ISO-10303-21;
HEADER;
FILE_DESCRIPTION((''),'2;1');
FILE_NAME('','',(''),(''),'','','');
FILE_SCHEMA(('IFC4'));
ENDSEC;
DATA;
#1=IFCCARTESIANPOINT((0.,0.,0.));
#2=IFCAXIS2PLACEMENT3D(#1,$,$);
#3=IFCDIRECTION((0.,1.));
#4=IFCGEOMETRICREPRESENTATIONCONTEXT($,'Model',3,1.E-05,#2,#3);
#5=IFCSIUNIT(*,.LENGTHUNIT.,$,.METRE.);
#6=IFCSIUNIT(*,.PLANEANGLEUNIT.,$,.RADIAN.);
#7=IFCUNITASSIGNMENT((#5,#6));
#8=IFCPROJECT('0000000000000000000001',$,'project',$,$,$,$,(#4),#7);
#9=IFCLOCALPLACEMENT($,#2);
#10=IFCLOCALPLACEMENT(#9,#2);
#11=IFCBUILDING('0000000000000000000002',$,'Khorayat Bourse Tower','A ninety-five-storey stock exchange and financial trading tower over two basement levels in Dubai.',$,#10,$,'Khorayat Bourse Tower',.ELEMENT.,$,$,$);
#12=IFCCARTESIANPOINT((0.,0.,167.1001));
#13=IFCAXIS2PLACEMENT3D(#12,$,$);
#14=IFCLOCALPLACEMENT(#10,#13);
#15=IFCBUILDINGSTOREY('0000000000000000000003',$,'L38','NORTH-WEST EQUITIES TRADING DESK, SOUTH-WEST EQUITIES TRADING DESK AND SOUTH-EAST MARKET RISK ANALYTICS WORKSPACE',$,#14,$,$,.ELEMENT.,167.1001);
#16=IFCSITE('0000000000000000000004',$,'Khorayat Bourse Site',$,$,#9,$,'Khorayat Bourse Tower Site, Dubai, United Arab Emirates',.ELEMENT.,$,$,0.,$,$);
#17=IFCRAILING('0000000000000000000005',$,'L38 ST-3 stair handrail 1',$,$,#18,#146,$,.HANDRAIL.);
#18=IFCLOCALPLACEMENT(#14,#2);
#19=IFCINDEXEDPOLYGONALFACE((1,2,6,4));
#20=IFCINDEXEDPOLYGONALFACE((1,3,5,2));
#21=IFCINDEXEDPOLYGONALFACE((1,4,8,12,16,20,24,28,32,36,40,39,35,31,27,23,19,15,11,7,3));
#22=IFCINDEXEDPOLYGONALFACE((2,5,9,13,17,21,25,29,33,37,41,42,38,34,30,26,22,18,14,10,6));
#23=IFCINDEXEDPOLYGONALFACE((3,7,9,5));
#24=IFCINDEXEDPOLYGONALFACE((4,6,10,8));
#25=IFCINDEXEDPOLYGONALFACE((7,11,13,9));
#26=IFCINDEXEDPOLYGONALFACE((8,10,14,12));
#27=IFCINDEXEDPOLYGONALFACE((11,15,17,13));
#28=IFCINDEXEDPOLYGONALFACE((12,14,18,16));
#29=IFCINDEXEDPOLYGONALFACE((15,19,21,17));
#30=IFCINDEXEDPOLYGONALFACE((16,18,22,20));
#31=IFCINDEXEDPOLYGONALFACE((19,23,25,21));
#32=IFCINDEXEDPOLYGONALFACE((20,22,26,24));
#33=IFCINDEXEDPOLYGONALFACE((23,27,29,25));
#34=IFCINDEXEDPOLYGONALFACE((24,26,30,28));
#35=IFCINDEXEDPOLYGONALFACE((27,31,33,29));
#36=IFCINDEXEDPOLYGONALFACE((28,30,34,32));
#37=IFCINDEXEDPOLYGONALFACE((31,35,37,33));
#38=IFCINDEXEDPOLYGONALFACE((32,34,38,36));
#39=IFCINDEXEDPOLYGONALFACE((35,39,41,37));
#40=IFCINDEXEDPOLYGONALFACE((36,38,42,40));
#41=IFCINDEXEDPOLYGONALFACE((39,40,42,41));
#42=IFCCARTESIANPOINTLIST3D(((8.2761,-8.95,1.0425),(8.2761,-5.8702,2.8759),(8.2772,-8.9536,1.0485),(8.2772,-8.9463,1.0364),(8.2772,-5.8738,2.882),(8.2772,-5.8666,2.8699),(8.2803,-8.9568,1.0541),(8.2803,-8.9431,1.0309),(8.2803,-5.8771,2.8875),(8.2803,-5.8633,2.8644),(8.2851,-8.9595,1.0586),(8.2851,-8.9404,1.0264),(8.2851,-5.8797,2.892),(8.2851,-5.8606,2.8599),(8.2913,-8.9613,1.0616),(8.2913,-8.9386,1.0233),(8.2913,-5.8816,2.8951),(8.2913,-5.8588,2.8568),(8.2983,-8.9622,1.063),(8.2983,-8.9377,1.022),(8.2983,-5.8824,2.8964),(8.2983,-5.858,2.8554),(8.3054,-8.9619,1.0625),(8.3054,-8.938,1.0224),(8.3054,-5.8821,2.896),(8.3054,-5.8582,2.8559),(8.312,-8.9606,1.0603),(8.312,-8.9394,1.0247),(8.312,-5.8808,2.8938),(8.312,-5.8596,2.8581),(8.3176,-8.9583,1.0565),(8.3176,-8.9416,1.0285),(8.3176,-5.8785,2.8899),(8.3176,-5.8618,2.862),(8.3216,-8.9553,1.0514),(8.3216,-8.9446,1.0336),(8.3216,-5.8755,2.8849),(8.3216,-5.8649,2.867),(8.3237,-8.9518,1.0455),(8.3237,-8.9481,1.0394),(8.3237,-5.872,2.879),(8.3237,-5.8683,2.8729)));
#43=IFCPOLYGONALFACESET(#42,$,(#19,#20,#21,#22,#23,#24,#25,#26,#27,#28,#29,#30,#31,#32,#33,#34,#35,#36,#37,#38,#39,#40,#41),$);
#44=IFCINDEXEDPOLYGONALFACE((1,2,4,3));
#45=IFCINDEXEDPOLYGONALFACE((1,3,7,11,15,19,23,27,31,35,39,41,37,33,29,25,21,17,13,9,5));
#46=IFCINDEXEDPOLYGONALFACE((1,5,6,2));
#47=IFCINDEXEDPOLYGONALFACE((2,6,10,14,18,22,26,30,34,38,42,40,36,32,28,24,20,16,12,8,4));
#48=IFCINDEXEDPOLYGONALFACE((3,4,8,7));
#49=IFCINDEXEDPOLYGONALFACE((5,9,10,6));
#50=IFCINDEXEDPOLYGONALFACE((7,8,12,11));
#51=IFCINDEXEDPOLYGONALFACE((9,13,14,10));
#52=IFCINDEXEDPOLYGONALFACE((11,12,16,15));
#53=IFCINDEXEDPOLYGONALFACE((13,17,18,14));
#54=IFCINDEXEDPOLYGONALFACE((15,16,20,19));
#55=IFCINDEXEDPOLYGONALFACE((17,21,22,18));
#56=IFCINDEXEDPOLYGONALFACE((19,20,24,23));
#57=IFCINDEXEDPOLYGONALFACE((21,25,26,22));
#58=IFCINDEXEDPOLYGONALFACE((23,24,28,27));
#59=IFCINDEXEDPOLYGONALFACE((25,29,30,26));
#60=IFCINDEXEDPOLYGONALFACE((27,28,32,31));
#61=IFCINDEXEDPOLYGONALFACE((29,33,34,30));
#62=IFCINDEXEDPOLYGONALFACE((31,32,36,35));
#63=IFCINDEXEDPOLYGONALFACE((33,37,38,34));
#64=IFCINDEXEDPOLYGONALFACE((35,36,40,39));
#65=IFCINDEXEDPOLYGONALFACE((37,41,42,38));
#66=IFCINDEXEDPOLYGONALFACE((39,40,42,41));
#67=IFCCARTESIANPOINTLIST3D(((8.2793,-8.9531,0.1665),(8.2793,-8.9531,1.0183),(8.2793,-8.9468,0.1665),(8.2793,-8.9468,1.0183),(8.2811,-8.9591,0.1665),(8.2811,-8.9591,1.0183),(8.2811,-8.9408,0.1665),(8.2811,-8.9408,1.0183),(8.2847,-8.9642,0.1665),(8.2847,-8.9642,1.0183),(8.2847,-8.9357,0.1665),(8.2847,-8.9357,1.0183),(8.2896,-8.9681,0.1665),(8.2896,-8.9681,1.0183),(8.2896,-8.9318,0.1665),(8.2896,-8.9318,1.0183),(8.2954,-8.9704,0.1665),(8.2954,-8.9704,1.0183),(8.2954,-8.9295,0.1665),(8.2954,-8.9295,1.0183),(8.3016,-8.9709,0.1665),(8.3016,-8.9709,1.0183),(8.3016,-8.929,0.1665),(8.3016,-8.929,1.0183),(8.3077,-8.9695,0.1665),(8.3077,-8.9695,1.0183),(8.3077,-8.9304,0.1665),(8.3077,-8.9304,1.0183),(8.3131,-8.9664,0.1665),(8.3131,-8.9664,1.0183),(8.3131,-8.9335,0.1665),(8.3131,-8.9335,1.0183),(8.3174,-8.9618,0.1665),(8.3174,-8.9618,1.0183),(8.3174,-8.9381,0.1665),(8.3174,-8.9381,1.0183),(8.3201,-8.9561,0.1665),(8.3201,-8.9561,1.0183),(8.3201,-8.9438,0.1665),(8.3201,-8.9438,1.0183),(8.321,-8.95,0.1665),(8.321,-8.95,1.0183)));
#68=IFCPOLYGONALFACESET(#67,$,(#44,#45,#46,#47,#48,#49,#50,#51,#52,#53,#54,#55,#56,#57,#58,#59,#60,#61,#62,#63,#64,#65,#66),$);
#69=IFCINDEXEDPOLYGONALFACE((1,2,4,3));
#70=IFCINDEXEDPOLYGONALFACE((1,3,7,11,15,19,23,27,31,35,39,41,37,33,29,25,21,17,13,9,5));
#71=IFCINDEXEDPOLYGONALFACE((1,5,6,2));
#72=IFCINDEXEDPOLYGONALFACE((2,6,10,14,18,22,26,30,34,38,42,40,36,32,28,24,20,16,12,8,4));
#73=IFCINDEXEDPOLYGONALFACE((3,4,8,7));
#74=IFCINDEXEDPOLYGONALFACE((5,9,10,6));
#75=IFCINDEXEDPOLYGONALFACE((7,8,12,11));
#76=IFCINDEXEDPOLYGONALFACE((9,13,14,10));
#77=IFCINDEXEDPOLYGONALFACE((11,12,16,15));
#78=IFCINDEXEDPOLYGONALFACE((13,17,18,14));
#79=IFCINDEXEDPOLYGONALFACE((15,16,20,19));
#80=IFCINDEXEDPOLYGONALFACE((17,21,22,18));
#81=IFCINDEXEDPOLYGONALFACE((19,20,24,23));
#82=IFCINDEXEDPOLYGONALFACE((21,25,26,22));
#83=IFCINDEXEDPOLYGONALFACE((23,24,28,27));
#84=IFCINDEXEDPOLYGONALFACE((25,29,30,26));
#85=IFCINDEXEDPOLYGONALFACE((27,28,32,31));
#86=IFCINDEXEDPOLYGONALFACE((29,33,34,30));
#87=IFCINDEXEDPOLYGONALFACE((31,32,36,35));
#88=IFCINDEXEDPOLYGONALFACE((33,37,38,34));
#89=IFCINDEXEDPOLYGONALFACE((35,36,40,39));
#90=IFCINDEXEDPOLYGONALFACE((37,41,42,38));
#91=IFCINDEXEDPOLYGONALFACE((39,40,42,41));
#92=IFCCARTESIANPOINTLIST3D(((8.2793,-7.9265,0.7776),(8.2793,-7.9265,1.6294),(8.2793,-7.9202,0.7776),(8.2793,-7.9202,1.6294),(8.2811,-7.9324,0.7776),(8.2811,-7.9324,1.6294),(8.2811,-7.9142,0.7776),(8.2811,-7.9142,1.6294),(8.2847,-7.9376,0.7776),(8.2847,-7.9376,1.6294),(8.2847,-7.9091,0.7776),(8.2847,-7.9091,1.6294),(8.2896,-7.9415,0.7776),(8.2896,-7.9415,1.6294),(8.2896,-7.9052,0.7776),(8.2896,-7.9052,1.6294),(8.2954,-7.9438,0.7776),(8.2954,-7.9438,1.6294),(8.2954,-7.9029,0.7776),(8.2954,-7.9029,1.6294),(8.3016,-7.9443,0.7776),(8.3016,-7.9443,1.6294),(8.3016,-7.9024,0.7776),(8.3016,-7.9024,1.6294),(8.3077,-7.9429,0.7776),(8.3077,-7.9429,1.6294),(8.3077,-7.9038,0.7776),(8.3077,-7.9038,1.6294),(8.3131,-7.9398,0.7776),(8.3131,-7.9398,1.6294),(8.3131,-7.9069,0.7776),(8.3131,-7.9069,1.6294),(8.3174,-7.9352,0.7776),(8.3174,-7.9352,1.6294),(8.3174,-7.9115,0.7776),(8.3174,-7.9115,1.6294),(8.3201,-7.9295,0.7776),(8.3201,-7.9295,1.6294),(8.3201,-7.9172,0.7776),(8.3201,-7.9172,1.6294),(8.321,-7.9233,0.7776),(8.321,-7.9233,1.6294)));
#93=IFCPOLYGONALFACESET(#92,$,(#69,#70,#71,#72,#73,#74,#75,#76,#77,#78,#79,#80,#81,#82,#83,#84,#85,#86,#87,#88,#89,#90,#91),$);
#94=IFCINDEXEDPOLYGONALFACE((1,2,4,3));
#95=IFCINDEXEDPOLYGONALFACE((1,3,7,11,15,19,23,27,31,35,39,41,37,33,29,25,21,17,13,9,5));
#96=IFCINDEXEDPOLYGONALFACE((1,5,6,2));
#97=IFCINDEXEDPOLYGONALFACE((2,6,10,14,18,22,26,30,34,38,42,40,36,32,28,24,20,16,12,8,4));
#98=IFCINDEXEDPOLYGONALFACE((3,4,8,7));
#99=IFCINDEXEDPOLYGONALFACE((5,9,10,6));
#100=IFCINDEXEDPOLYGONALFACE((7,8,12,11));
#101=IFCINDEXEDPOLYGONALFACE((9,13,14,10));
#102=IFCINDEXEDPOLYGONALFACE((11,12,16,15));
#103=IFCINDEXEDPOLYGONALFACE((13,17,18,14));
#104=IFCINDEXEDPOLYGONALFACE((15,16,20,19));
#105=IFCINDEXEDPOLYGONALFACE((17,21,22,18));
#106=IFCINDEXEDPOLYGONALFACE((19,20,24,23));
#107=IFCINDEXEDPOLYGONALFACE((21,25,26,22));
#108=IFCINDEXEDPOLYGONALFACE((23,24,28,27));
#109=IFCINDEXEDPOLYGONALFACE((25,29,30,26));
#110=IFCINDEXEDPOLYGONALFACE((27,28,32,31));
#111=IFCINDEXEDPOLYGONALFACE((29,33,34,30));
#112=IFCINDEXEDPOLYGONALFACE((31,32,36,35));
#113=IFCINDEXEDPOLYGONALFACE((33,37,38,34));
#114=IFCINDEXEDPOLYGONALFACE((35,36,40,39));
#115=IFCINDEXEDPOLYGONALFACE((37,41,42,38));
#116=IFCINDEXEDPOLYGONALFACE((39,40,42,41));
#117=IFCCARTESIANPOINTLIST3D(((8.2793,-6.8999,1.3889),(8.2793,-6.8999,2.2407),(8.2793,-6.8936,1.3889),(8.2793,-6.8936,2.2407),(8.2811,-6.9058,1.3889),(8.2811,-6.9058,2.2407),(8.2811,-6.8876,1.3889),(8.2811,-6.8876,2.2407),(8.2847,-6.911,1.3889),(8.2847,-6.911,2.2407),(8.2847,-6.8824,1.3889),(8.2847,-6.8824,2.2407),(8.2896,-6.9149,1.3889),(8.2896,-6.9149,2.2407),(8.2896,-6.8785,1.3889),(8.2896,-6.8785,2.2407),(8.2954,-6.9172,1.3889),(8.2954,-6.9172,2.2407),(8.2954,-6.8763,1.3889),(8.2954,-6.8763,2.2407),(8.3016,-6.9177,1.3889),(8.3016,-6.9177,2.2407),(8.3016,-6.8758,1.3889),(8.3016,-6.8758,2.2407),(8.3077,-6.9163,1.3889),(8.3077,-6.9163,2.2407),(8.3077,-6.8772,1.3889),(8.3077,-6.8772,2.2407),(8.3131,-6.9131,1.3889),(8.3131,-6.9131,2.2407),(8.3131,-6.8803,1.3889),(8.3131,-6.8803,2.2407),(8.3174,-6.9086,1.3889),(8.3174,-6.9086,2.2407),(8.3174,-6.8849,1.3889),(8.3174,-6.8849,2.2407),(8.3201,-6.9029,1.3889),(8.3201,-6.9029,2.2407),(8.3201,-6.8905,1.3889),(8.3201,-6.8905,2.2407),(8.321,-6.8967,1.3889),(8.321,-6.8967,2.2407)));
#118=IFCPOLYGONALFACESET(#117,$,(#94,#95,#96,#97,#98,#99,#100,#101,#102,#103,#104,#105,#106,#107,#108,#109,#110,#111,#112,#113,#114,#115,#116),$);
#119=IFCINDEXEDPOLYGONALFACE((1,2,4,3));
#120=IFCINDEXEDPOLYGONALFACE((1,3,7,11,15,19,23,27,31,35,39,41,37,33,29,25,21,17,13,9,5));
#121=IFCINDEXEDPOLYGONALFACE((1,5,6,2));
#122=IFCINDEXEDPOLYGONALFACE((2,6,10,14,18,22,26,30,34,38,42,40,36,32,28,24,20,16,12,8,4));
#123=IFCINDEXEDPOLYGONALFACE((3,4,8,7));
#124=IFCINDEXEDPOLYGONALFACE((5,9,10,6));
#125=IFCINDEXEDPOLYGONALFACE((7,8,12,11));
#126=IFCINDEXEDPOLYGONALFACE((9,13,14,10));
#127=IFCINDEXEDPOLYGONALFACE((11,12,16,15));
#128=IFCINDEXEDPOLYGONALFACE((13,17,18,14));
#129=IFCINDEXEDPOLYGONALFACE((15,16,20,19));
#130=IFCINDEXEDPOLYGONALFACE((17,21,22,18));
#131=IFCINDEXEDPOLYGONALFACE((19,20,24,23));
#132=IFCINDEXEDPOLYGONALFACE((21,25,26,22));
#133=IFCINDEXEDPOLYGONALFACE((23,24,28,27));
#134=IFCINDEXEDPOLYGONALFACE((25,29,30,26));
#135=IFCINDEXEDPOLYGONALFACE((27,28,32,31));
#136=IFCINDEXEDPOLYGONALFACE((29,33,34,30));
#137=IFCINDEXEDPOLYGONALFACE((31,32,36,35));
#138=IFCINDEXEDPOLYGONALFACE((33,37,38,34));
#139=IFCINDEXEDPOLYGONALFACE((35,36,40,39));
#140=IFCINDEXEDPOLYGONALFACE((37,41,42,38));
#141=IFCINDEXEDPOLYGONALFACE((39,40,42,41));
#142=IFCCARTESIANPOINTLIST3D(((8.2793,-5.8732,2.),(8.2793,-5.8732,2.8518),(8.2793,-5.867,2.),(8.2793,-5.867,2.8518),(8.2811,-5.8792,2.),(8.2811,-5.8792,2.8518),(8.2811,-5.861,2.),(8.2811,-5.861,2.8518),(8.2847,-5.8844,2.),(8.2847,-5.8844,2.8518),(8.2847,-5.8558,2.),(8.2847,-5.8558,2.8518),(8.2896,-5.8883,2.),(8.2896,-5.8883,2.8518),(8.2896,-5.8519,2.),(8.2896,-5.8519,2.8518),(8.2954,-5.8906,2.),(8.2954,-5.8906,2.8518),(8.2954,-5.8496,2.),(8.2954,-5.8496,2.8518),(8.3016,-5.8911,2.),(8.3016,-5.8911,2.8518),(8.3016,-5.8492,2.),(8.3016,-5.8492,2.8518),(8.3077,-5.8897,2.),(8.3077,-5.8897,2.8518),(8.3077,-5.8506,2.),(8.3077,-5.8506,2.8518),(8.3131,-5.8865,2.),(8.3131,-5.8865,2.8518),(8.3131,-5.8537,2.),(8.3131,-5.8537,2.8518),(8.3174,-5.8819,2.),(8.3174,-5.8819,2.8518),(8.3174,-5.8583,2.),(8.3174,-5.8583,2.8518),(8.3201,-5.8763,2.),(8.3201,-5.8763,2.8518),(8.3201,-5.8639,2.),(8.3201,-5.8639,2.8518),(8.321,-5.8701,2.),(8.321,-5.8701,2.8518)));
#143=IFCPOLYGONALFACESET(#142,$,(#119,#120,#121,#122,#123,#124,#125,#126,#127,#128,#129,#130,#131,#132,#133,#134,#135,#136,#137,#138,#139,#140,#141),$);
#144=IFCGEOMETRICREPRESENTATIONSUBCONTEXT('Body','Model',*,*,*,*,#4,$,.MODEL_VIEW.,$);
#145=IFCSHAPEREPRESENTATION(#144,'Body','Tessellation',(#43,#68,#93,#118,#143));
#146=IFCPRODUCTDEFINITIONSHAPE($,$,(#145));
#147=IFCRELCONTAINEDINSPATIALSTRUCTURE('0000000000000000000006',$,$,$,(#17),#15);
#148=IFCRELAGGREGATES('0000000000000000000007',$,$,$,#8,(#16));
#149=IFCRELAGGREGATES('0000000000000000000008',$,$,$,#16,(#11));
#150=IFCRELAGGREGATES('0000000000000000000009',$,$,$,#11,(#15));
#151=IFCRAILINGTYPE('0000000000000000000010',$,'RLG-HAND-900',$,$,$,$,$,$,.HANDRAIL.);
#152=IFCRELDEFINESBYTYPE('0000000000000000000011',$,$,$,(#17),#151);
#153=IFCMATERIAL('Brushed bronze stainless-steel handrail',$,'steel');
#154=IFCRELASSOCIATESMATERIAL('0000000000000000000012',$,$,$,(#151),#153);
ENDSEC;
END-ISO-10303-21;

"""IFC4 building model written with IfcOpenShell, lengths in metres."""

from ifc_helpers import new_model, si_unit, direction, frame, origin, origin_2d, place, context, subcontext, project, spatial, circle, extrude, source, transform, mapped, material, type_object, element, save


model = new_model("IFC4")

# Units and contexts
model_context = context("Model", 3, precision=1e-05, world=origin(), true_north=direction((0.0, 1.0)))
body_context = subcontext(model_context, "Body", "Model", "MODEL_VIEW")
ifc_project = project(units=[si_unit("LENGTHUNIT", "METRE"), si_unit("PLANEANGLEUNIT", "RADIAN")], contexts=[model_context])

# Site, building, storey
site_placement = place(None, origin())
site = spatial("IfcSite", under=ifc_project, at=site_placement, Name="Khorayat Bourse Site", LongName="Khorayat Bourse Tower Site, Dubai, United Arab Emirates", CompositionType="ELEMENT", RefElevation=0.0)
building_placement = place(site_placement, origin())
building = spatial("IfcBuilding", under=site, at=building_placement, Name="Khorayat Bourse Tower", Description="A ninety-five-storey stock exchange and financial trading tower over two basement levels in Dubai.", LongName="Khorayat Bourse Tower", CompositionType="ELEMENT")
storey_placement = place(building_placement, frame((0.0, 0.0, 167.1001)))
storey = spatial("IfcBuildingStorey", under=building, at=storey_placement, Name="L38", Description="NORTH-WEST EQUITIES TRADING DESK, SOUTH-WEST EQUITIES TRADING DESK AND SOUTH-EAST MARKET RISK ANALYTICS WORKSPACE", CompositionType="ELEMENT", Elevation=167.1001)

# Railing
ifc_material_1 = material(Name="Brushed bronze stainless-steel handrail", Category="steel")
railing_type_1 = type_object("IfcRailingType", Name="RLG-HAND-900", PredefinedType="HANDRAIL", material=ifc_material_1)
shared_shape_1 = source(origin(), body_context, "Body", "SweptSolid", [
    extrude(circle(Radius=0.0239, at=origin_2d()), frame((0.0, 0.0, 0.876), z_axis=(0.0, 0.859261, 0.511538), x_axis=(-1.0, 0.0, 0.0)), (0.0, 0.0, 1.0), 3.5842),
    extrude(circle(Radius=0.021, at=origin_2d()), origin(), (0.0, 0.0, 1.0), 0.8518),
    extrude(circle(Radius=0.021, at=origin_2d()), frame((0.0, 1.0266, 0.6111)), (0.0, 0.0, 1.0), 0.8518),
    extrude(circle(Radius=0.021, at=origin_2d()), frame((0.0, 2.0532, 1.2224)), (0.0, 0.0, 1.0), 0.8518),
    extrude(circle(Radius=0.021, at=origin_2d()), frame((0.0, 3.0798, 1.8335)), (0.0, 0.0, 1.0), 0.8518),
])
railing_1_placement = place(storey_placement, frame((8.3, -8.95, 0.1665)))
element("IfcRailing", 1, at=railing_1_placement, inside=storey, type_object=railing_type_1, Name="L38 ST-3 stair handrail 1", PredefinedType="HANDRAIL", context=body_context, shape_type="MappedRepresentation", body=[
    mapped(shared_shape_1, transform((0.0, 0.0, 0.0), scale=1.0)),
])

save(model, "model.ifc")
